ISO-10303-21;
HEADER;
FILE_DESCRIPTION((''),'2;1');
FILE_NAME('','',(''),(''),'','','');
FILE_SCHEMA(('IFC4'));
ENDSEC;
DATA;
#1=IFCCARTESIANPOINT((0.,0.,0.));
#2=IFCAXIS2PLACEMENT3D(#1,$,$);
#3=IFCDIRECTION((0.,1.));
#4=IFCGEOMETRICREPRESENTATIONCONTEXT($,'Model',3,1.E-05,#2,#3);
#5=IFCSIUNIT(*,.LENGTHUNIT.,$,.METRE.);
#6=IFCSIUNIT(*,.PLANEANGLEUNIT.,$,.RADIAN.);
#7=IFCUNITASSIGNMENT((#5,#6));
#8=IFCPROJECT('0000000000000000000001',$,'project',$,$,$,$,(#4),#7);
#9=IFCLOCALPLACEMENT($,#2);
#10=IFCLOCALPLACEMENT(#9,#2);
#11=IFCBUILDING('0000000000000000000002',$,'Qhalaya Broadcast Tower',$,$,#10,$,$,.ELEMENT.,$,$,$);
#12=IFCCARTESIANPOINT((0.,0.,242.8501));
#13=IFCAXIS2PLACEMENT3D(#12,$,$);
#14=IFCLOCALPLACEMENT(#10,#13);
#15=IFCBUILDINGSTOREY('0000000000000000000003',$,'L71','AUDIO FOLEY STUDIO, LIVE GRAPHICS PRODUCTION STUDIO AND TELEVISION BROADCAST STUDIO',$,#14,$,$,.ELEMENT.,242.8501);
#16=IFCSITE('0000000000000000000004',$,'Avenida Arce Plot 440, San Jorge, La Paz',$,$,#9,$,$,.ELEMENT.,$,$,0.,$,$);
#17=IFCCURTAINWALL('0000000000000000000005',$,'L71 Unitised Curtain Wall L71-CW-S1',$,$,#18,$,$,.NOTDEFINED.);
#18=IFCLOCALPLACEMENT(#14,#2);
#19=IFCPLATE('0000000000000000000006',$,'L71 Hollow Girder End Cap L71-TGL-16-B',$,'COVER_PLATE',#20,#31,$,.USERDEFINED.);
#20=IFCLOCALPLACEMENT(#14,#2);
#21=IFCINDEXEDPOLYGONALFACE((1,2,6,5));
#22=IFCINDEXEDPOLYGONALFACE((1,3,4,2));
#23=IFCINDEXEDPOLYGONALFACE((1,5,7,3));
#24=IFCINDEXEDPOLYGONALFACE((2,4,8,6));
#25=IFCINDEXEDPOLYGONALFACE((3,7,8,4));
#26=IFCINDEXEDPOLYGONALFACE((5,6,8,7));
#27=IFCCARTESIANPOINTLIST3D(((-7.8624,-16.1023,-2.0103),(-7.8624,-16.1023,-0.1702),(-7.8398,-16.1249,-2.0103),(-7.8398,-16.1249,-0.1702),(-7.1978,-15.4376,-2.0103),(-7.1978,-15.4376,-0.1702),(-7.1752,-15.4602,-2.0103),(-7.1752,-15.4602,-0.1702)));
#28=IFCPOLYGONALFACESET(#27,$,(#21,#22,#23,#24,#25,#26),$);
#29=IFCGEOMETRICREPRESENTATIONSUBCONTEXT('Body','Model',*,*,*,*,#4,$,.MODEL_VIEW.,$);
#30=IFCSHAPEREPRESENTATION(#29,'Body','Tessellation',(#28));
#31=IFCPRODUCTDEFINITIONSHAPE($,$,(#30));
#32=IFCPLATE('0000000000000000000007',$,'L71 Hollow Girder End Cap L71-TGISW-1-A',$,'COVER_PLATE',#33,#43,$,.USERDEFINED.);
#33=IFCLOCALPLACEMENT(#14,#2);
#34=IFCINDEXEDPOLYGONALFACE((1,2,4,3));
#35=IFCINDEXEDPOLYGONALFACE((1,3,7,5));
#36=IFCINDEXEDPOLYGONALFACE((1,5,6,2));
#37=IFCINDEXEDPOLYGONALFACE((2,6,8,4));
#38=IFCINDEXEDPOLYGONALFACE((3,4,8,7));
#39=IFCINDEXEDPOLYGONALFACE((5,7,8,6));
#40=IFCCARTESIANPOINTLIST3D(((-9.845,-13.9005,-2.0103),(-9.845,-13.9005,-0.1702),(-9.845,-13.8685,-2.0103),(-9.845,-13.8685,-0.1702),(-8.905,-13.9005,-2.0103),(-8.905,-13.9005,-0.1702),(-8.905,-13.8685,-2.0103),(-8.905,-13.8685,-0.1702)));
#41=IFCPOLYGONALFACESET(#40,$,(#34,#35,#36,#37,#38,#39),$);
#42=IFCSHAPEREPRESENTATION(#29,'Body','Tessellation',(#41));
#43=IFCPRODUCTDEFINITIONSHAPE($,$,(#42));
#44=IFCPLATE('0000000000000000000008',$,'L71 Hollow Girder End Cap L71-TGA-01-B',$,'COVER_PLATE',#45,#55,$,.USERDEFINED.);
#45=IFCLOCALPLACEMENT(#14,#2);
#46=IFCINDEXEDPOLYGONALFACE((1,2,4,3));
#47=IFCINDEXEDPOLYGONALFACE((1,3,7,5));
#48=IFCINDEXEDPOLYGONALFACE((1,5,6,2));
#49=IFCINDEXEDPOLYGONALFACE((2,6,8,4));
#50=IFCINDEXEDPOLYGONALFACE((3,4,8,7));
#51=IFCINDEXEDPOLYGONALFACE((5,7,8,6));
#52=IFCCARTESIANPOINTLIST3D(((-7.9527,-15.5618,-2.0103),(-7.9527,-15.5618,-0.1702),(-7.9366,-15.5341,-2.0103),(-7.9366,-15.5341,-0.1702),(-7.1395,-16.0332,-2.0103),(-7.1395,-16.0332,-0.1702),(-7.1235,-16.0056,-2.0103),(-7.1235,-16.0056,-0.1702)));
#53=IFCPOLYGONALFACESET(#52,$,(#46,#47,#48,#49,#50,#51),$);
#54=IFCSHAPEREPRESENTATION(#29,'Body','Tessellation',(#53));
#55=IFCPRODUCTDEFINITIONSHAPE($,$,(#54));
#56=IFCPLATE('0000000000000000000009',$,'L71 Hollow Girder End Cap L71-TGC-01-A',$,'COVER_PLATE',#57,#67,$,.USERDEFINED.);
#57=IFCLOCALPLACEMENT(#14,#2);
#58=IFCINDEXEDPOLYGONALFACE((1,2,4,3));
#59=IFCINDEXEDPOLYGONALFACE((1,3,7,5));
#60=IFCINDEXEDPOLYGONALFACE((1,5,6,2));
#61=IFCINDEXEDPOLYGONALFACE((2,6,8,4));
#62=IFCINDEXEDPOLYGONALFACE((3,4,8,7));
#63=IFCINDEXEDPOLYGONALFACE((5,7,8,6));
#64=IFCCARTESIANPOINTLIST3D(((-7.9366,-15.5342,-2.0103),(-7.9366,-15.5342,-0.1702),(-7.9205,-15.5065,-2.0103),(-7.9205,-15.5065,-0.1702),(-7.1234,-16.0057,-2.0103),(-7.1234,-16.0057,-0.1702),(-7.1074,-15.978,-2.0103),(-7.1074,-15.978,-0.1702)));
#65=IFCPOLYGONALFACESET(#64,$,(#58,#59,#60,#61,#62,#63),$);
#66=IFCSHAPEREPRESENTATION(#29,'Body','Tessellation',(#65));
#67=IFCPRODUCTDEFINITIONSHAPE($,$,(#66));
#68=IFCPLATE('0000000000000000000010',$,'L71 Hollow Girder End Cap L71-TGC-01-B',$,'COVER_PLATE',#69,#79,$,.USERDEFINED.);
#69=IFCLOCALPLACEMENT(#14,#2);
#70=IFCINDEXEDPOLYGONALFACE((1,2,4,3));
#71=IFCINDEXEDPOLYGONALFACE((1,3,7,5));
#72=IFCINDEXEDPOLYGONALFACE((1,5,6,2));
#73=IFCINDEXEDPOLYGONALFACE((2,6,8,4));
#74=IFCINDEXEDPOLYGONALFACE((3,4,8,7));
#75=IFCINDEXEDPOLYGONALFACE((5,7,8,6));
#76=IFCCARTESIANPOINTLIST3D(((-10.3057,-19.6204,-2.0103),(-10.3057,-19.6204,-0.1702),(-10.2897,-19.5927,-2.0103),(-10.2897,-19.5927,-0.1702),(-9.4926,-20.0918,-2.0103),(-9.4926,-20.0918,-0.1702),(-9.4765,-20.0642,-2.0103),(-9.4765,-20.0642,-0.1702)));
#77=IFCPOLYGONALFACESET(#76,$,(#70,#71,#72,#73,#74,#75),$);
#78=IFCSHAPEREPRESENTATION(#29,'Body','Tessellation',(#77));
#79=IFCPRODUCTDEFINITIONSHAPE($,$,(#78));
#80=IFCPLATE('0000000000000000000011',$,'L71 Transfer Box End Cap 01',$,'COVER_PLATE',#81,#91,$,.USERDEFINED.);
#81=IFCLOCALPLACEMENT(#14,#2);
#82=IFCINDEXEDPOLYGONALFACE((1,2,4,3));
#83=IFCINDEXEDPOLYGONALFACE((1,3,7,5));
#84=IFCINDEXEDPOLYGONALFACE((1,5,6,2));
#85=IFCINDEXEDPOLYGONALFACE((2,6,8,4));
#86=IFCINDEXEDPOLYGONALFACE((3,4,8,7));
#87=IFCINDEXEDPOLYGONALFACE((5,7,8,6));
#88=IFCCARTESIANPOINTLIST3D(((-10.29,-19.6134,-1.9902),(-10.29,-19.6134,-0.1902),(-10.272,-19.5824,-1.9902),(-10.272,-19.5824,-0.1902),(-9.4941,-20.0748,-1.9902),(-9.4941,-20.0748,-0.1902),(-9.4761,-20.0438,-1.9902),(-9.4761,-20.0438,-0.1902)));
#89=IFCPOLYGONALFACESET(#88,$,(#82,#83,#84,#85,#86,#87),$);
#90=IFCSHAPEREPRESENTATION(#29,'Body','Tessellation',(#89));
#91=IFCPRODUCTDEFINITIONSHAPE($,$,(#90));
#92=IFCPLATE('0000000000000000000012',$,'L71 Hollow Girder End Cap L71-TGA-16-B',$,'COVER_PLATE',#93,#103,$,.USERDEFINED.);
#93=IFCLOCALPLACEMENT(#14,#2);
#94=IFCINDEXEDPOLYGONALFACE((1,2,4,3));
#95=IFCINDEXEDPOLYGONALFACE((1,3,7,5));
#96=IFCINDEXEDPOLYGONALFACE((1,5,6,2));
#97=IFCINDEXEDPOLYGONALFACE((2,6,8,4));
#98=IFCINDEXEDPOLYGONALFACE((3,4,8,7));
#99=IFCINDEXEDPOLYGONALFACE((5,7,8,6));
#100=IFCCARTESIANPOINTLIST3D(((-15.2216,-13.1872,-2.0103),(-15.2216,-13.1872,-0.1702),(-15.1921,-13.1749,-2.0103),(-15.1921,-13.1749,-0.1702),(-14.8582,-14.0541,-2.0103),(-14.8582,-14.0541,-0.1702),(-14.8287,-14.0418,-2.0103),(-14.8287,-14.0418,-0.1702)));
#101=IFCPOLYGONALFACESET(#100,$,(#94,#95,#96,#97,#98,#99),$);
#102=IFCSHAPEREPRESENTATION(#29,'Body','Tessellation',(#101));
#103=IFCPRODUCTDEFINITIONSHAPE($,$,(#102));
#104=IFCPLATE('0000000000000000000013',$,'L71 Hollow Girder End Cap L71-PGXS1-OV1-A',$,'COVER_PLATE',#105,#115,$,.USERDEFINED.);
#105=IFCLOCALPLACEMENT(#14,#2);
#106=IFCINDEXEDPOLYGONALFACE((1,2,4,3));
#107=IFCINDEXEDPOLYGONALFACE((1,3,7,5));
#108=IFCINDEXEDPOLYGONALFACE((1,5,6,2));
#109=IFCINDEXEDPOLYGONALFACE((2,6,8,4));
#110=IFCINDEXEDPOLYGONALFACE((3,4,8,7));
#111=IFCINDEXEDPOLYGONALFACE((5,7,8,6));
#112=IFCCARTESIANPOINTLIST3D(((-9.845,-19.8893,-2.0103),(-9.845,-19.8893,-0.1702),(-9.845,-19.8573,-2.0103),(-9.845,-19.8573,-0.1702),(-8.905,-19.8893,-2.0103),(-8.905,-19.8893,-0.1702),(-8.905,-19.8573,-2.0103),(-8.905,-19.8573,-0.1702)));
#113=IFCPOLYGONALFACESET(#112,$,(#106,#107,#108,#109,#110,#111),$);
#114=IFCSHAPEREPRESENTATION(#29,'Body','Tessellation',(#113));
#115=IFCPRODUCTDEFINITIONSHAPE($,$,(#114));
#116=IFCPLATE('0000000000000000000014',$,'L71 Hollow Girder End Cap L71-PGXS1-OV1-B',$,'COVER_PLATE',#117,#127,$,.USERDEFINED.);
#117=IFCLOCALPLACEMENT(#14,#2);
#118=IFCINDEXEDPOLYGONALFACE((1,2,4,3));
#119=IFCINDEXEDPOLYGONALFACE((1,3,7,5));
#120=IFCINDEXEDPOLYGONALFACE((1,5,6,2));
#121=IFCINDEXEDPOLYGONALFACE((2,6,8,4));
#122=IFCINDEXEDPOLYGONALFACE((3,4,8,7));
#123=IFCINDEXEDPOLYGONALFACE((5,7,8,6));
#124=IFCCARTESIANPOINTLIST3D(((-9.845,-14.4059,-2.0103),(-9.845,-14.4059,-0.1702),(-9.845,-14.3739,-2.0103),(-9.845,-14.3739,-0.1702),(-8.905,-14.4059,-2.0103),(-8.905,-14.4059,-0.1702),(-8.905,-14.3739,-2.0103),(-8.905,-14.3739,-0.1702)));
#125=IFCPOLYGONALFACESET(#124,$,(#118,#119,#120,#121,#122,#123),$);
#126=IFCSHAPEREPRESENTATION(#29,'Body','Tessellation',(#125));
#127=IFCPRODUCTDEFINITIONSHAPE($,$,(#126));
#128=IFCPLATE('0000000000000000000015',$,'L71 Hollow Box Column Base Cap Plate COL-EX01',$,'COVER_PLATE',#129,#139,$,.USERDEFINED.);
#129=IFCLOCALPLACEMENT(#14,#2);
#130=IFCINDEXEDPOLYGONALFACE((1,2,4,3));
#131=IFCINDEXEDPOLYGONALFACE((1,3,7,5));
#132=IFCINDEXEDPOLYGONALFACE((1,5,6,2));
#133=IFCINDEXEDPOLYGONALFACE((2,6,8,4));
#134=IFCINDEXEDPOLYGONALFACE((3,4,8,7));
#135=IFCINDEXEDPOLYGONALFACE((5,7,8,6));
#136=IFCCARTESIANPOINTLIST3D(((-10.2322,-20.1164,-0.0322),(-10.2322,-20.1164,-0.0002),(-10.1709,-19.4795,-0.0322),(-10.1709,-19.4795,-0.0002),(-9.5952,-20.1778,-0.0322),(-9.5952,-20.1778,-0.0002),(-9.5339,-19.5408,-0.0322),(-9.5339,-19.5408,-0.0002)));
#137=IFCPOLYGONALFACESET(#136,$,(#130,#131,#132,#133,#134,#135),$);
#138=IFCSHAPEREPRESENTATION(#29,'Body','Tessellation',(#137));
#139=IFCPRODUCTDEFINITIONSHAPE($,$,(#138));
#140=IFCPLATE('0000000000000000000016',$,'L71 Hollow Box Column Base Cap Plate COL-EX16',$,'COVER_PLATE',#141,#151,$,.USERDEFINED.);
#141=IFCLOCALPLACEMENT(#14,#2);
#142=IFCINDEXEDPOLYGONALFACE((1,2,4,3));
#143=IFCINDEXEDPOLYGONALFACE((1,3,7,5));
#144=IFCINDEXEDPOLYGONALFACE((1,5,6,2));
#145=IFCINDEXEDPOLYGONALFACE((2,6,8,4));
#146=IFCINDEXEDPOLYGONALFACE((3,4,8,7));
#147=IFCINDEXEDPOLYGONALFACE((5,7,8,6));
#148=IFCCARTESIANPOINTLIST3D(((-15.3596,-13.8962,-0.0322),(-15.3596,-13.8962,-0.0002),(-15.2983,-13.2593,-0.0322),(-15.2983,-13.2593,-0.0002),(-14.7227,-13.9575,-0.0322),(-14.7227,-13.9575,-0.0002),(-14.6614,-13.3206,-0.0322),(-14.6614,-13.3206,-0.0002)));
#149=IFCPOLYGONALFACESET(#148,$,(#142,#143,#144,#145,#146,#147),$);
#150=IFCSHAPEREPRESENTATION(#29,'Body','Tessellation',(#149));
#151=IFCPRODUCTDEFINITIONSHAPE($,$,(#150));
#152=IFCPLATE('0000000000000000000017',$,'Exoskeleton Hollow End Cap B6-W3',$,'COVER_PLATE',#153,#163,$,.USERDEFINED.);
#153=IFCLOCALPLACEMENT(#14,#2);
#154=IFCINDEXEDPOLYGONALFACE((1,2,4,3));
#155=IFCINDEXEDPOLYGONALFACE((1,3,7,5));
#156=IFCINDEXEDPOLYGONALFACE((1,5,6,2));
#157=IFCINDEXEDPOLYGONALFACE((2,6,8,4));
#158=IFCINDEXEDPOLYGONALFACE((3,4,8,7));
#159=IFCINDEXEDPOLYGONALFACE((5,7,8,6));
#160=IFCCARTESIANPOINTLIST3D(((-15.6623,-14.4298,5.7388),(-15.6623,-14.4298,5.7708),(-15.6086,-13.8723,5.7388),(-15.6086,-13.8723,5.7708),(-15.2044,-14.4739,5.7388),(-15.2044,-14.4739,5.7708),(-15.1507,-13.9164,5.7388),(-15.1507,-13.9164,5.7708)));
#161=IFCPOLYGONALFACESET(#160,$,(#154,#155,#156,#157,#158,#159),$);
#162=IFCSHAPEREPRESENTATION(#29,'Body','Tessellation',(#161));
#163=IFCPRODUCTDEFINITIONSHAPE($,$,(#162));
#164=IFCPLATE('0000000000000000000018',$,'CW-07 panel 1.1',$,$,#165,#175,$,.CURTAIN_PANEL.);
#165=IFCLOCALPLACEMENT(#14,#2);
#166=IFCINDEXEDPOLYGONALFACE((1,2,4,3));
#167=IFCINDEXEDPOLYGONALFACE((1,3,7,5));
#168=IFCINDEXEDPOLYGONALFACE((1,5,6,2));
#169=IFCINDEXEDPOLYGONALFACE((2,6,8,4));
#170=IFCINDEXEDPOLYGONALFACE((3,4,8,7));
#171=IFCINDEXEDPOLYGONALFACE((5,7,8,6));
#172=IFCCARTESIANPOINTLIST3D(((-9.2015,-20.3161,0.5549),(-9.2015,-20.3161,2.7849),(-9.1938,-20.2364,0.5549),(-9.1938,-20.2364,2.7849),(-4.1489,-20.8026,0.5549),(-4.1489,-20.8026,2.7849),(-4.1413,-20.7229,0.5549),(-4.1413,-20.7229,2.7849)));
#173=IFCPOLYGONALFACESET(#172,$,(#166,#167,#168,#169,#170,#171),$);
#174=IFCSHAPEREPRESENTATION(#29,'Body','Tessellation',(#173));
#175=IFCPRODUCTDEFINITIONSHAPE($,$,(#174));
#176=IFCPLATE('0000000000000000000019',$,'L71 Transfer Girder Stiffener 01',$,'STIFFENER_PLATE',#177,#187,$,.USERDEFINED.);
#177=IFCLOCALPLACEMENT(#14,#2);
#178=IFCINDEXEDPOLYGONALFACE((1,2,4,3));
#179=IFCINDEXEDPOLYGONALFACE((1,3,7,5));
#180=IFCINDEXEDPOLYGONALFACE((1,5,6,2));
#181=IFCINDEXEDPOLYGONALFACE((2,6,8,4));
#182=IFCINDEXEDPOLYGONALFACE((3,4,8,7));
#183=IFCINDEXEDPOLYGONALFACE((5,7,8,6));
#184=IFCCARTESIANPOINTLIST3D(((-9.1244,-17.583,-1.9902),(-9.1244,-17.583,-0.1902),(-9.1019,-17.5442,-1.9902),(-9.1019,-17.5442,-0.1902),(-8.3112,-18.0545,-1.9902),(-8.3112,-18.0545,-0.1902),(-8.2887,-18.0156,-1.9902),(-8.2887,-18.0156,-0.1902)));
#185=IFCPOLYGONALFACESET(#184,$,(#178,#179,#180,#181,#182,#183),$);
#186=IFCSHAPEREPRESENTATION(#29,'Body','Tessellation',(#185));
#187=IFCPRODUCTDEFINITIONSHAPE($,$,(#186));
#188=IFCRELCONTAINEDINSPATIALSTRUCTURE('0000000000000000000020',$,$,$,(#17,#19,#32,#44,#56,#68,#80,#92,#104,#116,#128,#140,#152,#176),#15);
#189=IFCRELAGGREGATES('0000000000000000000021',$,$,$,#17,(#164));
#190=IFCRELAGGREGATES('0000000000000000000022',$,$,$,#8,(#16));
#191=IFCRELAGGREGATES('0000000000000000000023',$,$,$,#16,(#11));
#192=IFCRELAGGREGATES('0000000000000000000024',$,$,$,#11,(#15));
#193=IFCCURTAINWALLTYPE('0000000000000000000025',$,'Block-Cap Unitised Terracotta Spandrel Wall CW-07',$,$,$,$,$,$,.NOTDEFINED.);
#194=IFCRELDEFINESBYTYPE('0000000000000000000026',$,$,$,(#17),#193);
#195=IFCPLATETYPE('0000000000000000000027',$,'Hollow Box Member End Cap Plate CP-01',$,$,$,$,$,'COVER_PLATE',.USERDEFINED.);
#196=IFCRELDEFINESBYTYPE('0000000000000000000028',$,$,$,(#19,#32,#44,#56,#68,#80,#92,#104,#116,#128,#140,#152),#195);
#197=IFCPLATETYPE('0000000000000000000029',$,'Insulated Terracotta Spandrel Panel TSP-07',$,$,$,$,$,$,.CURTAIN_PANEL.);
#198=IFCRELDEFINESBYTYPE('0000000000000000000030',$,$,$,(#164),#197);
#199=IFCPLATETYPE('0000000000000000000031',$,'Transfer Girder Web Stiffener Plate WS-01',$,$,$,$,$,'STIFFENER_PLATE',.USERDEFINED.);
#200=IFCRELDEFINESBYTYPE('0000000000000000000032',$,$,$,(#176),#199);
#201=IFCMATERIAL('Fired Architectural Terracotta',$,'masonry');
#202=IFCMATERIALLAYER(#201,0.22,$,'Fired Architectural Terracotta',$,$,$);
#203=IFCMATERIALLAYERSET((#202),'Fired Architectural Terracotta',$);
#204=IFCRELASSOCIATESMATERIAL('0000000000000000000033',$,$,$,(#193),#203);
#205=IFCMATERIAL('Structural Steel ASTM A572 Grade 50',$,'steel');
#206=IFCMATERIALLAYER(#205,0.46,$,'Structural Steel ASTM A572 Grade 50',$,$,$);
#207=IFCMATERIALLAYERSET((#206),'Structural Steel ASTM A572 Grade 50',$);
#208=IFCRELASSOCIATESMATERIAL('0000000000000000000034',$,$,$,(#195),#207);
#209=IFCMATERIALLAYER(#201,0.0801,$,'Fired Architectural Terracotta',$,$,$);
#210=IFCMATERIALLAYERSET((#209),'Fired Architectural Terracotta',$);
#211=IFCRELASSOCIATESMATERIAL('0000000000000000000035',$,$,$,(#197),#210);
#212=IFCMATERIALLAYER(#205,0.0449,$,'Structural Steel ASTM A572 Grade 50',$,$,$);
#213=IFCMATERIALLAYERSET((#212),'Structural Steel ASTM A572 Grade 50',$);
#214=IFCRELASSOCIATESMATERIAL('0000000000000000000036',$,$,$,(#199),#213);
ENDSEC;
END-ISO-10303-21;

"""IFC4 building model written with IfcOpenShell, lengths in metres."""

from ifc_helpers import new_model, si_unit, direction, frame, origin, origin_2d, place, context, subcontext, project, spatial, rectangle, extrude, material, layer, layer_set, type_object, element, aggregate, save


model = new_model("IFC4")

# Units and contexts
model_context = context("Model", 3, precision=1e-05, world=origin(), true_north=direction((0.0, 1.0)))
body_context = subcontext(model_context, "Body", "Model", "MODEL_VIEW")
ifc_project = project(units=[si_unit("LENGTHUNIT", "METRE"), si_unit("PLANEANGLEUNIT", "RADIAN")], contexts=[model_context])

# Site, building, storey
site_placement = place(None, origin())
site = spatial("IfcSite", under=ifc_project, at=site_placement, Name="Avenida Arce Plot 440, San Jorge, La Paz", CompositionType="ELEMENT", RefElevation=0.0)
building_placement = place(site_placement, origin())
building = spatial("IfcBuilding", under=site, at=building_placement, Name="Qhalaya Broadcast Tower", CompositionType="ELEMENT")
storey_placement = place(building_placement, frame((0.0, 0.0, 242.8501)))
storey = spatial("IfcBuildingStorey", under=building, at=storey_placement, Name="L71", Description="AUDIO FOLEY STUDIO, LIVE GRAPHICS PRODUCTION STUDIO AND TELEVISION BROADCAST STUDIO", CompositionType="ELEMENT", Elevation=242.8501)

# Shared definitions
ifc_material_1 = material(Name="Structural Steel ASTM A572 Grade 50", Category="steel")

# Curtain wall
ifc_material_2 = material(Name="Fired Architectural Terracotta", Category="masonry")
ifc_layer_1 = layer(ifc_material_2, 0.22, Name="Fired Architectural Terracotta")
ifc_layer_set_1 = layer_set([ifc_layer_1], Name="Fired Architectural Terracotta")
curtain_wall_type = type_object("IfcCurtainWallType", Name="Block-Cap Unitised Terracotta Spandrel Wall CW-07", PredefinedType="NOTDEFINED", material=ifc_layer_set_1)
curtain_wall_placement = place(storey_placement, origin())
curtain_wall = element("IfcCurtainWall", 1, at=curtain_wall_placement, inside=storey, type_object=curtain_wall_type, Name="L71 Unitised Curtain Wall L71-CW-S1", PredefinedType="NOTDEFINED")

# Plates
ifc_layer_2 = layer(ifc_material_1, 0.46, Name="Structural Steel ASTM A572 Grade 50")
ifc_layer_set_2 = layer_set([ifc_layer_2], Name="Structural Steel ASTM A572 Grade 50")
plate_type_1 = type_object("IfcPlateType", Name="Hollow Box Member End Cap Plate CP-01", ElementType="COVER_PLATE", PredefinedType="USERDEFINED", material=ifc_layer_set_2)
for number, where, z_axis, x_axis, name in (
    (2, (-7.5188, -15.7812, -2.0103), (0.0, 0.0, 1.0), (0.707107, 0.707107, 0.0), "L71 Hollow Girder End Cap L71-TGL-16-B"),
    (3, (-9.375, -13.8845, -2.0103), (0.0, 0.0, 1.0), (-1.0, 0.0, 0.0), "L71 Hollow Girder End Cap L71-TGISW-1-A"),
    (4, (-7.5381, -15.7837, -2.0103), (0.0, 0.0, 1.0), (0.865116, -0.501571, 0.0), "L71 Hollow Girder End Cap L71-TGA-01-B"),
    (5, (-7.522, -15.7561, -2.0103), (0.0, 0.0, 1.0), (0.865116, -0.501571, 0.0), "L71 Hollow Girder End Cap L71-TGC-01-A"),
    (6, (-9.8911, -19.8423, -2.0103), (0.0, 0.0, 1.0), (0.865116, -0.501571, 0.0), "L71 Hollow Girder End Cap L71-TGC-01-B"),
):
    element("IfcPlate", number, at=place(storey_placement, frame(where, z_axis=z_axis, x_axis=x_axis)), inside=storey, type_object=plate_type_1, Name=name, ObjectType="COVER_PLATE", PredefinedType="USERDEFINED", context=body_context, shape_type="SweptSolid", body=[
        extrude(rectangle(XDim=0.9399, YDim=0.032, at=origin_2d()), origin(), (0.0, 0.0, 1.0), 1.8401),
    ])
plate_1_placement = place(storey_placement, frame((-9.8831, -19.8286, -1.9902), z_axis=(0.0, 0.0, 1.0), x_axis=(0.865116, -0.501571, 0.0)))
element("IfcPlate", 7, at=plate_1_placement, inside=storey, type_object=plate_type_1, Name="L71 Transfer Box End Cap 01", ObjectType="COVER_PLATE", PredefinedType="USERDEFINED", context=body_context, shape_type="SweptSolid", body=[
    extrude(rectangle(XDim=0.9199, YDim=0.0359, at=origin_2d()), origin(), (0.0, 0.0, 1.0), 1.8),
])
for number, where, z_axis, x_axis, name in (
    (8, (-15.0251, -13.6145, -2.0103), (0.0, 0.0, 1.0), (0.386534, -0.922275, 0.0), "L71 Hollow Girder End Cap L71-TGA-16-B"),
    (9, (-9.375, -19.8733, -2.0103), (0.0, 0.0, 1.0), (-1.0, 0.0, 0.0), "L71 Hollow Girder End Cap L71-PGXS1-OV1-A"),
    (10, (-9.375, -14.3899, -2.0103), (0.0, 0.0, 1.0), (-1.0, 0.0, 0.0), "L71 Hollow Girder End Cap L71-PGXS1-OV1-B"),
):
    element("IfcPlate", number, at=place(storey_placement, frame(where, z_axis=z_axis, x_axis=x_axis)), inside=storey, type_object=plate_type_1, Name=name, ObjectType="COVER_PLATE", PredefinedType="USERDEFINED", context=body_context, shape_type="SweptSolid", body=[
        extrude(rectangle(XDim=0.9399, YDim=0.032, at=origin_2d()), origin(), (0.0, 0.0, 1.0), 1.8401),
    ])
for number, where, z_axis, x_axis, name in (
    (11, (-9.8831, -19.8286, -0.0322), (0.0, 0.0, 1.0), (0.995396, -0.095846, 0.0), "L71 Hollow Box Column Base Cap Plate COL-EX01"),
    (12, (-15.0105, -13.6084, -0.0322), (0.0, 0.0, 1.0), (0.095846, 0.995396, 0.0), "L71 Hollow Box Column Base Cap Plate COL-EX16"),
):
    element("IfcPlate", number, at=place(storey_placement, frame(where, z_axis=z_axis, x_axis=x_axis)), inside=storey, type_object=plate_type_1, Name=name, ObjectType="COVER_PLATE", PredefinedType="USERDEFINED", context=body_context, shape_type="SweptSolid", body=[
        extrude(rectangle(XDim=0.6399, YDim=0.6399, at=origin_2d()), origin(), (0.0, 0.0, 1.0), 0.032),
    ])
plate_2_placement = place(storey_placement, frame((-15.4065, -14.1731, 5.7388), z_axis=(0.0, 0.0, 1.0), x_axis=(0.095846, 0.995396, 0.0)))
element("IfcPlate", 13, at=plate_2_placement, inside=storey, type_object=plate_type_1, Name="Exoskeleton Hollow End Cap B6-W3", ObjectType="COVER_PLATE", PredefinedType="USERDEFINED", context=body_context, shape_type="SweptSolid", body=[
    extrude(rectangle(XDim=0.5601, YDim=0.46, at=origin_2d()), origin(), (0.0, 0.0, 1.0), 0.032),
])

# Plates
ifc_layer_3 = layer(ifc_material_2, 0.0801, Name="Fired Architectural Terracotta")
ifc_layer_set_3 = layer_set([ifc_layer_3], Name="Fired Architectural Terracotta")
plate_type_2 = type_object("IfcPlateType", Name="Insulated Terracotta Spandrel Panel TSP-07", PredefinedType="CURTAIN_PANEL", material=ifc_layer_set_3)
plate_3_placement = place(storey_placement, frame((-6.6714, -20.5195, 0.5549), z_axis=(0.0, 0.0, 1.0), x_axis=(0.995396, -0.095848, 0.0)))
plate_3 = element("IfcPlate", 14, at=plate_3_placement, type_object=plate_type_2, Name="CW-07 panel 1.1", PredefinedType="CURTAIN_PANEL", context=body_context, shape_type="SweptSolid", body=[
    extrude(rectangle(XDim=5.0759, YDim=0.0801, at=origin_2d()), origin(), (0.0, 0.0, 1.0), 2.23),
])
aggregate(curtain_wall, [plate_3])
ifc_layer_4 = layer(ifc_material_1, 0.0449, Name="Structural Steel ASTM A572 Grade 50")
ifc_layer_set_4 = layer_set([ifc_layer_4], Name="Structural Steel ASTM A572 Grade 50")
plate_type_3 = type_object("IfcPlateType", Name="Transfer Girder Web Stiffener Plate WS-01", ElementType="STIFFENER_PLATE", PredefinedType="USERDEFINED", material=ifc_layer_set_4)
plate_4_placement = place(storey_placement, frame((-8.7065, -17.7993, -1.9902), z_axis=(0.0, 0.0, 1.0), x_axis=(0.865116, -0.501571, 0.0)))
element("IfcPlate", 15, at=plate_4_placement, inside=storey, type_object=plate_type_3, Name="L71 Transfer Girder Stiffener 01", ObjectType="STIFFENER_PLATE", PredefinedType="USERDEFINED", context=body_context, shape_type="SweptSolid", body=[
    extrude(rectangle(XDim=0.9399, YDim=0.0449, at=origin_2d()), origin(), (0.0, 0.0, 1.0), 1.8),
])

save(model, "model.ifc")
